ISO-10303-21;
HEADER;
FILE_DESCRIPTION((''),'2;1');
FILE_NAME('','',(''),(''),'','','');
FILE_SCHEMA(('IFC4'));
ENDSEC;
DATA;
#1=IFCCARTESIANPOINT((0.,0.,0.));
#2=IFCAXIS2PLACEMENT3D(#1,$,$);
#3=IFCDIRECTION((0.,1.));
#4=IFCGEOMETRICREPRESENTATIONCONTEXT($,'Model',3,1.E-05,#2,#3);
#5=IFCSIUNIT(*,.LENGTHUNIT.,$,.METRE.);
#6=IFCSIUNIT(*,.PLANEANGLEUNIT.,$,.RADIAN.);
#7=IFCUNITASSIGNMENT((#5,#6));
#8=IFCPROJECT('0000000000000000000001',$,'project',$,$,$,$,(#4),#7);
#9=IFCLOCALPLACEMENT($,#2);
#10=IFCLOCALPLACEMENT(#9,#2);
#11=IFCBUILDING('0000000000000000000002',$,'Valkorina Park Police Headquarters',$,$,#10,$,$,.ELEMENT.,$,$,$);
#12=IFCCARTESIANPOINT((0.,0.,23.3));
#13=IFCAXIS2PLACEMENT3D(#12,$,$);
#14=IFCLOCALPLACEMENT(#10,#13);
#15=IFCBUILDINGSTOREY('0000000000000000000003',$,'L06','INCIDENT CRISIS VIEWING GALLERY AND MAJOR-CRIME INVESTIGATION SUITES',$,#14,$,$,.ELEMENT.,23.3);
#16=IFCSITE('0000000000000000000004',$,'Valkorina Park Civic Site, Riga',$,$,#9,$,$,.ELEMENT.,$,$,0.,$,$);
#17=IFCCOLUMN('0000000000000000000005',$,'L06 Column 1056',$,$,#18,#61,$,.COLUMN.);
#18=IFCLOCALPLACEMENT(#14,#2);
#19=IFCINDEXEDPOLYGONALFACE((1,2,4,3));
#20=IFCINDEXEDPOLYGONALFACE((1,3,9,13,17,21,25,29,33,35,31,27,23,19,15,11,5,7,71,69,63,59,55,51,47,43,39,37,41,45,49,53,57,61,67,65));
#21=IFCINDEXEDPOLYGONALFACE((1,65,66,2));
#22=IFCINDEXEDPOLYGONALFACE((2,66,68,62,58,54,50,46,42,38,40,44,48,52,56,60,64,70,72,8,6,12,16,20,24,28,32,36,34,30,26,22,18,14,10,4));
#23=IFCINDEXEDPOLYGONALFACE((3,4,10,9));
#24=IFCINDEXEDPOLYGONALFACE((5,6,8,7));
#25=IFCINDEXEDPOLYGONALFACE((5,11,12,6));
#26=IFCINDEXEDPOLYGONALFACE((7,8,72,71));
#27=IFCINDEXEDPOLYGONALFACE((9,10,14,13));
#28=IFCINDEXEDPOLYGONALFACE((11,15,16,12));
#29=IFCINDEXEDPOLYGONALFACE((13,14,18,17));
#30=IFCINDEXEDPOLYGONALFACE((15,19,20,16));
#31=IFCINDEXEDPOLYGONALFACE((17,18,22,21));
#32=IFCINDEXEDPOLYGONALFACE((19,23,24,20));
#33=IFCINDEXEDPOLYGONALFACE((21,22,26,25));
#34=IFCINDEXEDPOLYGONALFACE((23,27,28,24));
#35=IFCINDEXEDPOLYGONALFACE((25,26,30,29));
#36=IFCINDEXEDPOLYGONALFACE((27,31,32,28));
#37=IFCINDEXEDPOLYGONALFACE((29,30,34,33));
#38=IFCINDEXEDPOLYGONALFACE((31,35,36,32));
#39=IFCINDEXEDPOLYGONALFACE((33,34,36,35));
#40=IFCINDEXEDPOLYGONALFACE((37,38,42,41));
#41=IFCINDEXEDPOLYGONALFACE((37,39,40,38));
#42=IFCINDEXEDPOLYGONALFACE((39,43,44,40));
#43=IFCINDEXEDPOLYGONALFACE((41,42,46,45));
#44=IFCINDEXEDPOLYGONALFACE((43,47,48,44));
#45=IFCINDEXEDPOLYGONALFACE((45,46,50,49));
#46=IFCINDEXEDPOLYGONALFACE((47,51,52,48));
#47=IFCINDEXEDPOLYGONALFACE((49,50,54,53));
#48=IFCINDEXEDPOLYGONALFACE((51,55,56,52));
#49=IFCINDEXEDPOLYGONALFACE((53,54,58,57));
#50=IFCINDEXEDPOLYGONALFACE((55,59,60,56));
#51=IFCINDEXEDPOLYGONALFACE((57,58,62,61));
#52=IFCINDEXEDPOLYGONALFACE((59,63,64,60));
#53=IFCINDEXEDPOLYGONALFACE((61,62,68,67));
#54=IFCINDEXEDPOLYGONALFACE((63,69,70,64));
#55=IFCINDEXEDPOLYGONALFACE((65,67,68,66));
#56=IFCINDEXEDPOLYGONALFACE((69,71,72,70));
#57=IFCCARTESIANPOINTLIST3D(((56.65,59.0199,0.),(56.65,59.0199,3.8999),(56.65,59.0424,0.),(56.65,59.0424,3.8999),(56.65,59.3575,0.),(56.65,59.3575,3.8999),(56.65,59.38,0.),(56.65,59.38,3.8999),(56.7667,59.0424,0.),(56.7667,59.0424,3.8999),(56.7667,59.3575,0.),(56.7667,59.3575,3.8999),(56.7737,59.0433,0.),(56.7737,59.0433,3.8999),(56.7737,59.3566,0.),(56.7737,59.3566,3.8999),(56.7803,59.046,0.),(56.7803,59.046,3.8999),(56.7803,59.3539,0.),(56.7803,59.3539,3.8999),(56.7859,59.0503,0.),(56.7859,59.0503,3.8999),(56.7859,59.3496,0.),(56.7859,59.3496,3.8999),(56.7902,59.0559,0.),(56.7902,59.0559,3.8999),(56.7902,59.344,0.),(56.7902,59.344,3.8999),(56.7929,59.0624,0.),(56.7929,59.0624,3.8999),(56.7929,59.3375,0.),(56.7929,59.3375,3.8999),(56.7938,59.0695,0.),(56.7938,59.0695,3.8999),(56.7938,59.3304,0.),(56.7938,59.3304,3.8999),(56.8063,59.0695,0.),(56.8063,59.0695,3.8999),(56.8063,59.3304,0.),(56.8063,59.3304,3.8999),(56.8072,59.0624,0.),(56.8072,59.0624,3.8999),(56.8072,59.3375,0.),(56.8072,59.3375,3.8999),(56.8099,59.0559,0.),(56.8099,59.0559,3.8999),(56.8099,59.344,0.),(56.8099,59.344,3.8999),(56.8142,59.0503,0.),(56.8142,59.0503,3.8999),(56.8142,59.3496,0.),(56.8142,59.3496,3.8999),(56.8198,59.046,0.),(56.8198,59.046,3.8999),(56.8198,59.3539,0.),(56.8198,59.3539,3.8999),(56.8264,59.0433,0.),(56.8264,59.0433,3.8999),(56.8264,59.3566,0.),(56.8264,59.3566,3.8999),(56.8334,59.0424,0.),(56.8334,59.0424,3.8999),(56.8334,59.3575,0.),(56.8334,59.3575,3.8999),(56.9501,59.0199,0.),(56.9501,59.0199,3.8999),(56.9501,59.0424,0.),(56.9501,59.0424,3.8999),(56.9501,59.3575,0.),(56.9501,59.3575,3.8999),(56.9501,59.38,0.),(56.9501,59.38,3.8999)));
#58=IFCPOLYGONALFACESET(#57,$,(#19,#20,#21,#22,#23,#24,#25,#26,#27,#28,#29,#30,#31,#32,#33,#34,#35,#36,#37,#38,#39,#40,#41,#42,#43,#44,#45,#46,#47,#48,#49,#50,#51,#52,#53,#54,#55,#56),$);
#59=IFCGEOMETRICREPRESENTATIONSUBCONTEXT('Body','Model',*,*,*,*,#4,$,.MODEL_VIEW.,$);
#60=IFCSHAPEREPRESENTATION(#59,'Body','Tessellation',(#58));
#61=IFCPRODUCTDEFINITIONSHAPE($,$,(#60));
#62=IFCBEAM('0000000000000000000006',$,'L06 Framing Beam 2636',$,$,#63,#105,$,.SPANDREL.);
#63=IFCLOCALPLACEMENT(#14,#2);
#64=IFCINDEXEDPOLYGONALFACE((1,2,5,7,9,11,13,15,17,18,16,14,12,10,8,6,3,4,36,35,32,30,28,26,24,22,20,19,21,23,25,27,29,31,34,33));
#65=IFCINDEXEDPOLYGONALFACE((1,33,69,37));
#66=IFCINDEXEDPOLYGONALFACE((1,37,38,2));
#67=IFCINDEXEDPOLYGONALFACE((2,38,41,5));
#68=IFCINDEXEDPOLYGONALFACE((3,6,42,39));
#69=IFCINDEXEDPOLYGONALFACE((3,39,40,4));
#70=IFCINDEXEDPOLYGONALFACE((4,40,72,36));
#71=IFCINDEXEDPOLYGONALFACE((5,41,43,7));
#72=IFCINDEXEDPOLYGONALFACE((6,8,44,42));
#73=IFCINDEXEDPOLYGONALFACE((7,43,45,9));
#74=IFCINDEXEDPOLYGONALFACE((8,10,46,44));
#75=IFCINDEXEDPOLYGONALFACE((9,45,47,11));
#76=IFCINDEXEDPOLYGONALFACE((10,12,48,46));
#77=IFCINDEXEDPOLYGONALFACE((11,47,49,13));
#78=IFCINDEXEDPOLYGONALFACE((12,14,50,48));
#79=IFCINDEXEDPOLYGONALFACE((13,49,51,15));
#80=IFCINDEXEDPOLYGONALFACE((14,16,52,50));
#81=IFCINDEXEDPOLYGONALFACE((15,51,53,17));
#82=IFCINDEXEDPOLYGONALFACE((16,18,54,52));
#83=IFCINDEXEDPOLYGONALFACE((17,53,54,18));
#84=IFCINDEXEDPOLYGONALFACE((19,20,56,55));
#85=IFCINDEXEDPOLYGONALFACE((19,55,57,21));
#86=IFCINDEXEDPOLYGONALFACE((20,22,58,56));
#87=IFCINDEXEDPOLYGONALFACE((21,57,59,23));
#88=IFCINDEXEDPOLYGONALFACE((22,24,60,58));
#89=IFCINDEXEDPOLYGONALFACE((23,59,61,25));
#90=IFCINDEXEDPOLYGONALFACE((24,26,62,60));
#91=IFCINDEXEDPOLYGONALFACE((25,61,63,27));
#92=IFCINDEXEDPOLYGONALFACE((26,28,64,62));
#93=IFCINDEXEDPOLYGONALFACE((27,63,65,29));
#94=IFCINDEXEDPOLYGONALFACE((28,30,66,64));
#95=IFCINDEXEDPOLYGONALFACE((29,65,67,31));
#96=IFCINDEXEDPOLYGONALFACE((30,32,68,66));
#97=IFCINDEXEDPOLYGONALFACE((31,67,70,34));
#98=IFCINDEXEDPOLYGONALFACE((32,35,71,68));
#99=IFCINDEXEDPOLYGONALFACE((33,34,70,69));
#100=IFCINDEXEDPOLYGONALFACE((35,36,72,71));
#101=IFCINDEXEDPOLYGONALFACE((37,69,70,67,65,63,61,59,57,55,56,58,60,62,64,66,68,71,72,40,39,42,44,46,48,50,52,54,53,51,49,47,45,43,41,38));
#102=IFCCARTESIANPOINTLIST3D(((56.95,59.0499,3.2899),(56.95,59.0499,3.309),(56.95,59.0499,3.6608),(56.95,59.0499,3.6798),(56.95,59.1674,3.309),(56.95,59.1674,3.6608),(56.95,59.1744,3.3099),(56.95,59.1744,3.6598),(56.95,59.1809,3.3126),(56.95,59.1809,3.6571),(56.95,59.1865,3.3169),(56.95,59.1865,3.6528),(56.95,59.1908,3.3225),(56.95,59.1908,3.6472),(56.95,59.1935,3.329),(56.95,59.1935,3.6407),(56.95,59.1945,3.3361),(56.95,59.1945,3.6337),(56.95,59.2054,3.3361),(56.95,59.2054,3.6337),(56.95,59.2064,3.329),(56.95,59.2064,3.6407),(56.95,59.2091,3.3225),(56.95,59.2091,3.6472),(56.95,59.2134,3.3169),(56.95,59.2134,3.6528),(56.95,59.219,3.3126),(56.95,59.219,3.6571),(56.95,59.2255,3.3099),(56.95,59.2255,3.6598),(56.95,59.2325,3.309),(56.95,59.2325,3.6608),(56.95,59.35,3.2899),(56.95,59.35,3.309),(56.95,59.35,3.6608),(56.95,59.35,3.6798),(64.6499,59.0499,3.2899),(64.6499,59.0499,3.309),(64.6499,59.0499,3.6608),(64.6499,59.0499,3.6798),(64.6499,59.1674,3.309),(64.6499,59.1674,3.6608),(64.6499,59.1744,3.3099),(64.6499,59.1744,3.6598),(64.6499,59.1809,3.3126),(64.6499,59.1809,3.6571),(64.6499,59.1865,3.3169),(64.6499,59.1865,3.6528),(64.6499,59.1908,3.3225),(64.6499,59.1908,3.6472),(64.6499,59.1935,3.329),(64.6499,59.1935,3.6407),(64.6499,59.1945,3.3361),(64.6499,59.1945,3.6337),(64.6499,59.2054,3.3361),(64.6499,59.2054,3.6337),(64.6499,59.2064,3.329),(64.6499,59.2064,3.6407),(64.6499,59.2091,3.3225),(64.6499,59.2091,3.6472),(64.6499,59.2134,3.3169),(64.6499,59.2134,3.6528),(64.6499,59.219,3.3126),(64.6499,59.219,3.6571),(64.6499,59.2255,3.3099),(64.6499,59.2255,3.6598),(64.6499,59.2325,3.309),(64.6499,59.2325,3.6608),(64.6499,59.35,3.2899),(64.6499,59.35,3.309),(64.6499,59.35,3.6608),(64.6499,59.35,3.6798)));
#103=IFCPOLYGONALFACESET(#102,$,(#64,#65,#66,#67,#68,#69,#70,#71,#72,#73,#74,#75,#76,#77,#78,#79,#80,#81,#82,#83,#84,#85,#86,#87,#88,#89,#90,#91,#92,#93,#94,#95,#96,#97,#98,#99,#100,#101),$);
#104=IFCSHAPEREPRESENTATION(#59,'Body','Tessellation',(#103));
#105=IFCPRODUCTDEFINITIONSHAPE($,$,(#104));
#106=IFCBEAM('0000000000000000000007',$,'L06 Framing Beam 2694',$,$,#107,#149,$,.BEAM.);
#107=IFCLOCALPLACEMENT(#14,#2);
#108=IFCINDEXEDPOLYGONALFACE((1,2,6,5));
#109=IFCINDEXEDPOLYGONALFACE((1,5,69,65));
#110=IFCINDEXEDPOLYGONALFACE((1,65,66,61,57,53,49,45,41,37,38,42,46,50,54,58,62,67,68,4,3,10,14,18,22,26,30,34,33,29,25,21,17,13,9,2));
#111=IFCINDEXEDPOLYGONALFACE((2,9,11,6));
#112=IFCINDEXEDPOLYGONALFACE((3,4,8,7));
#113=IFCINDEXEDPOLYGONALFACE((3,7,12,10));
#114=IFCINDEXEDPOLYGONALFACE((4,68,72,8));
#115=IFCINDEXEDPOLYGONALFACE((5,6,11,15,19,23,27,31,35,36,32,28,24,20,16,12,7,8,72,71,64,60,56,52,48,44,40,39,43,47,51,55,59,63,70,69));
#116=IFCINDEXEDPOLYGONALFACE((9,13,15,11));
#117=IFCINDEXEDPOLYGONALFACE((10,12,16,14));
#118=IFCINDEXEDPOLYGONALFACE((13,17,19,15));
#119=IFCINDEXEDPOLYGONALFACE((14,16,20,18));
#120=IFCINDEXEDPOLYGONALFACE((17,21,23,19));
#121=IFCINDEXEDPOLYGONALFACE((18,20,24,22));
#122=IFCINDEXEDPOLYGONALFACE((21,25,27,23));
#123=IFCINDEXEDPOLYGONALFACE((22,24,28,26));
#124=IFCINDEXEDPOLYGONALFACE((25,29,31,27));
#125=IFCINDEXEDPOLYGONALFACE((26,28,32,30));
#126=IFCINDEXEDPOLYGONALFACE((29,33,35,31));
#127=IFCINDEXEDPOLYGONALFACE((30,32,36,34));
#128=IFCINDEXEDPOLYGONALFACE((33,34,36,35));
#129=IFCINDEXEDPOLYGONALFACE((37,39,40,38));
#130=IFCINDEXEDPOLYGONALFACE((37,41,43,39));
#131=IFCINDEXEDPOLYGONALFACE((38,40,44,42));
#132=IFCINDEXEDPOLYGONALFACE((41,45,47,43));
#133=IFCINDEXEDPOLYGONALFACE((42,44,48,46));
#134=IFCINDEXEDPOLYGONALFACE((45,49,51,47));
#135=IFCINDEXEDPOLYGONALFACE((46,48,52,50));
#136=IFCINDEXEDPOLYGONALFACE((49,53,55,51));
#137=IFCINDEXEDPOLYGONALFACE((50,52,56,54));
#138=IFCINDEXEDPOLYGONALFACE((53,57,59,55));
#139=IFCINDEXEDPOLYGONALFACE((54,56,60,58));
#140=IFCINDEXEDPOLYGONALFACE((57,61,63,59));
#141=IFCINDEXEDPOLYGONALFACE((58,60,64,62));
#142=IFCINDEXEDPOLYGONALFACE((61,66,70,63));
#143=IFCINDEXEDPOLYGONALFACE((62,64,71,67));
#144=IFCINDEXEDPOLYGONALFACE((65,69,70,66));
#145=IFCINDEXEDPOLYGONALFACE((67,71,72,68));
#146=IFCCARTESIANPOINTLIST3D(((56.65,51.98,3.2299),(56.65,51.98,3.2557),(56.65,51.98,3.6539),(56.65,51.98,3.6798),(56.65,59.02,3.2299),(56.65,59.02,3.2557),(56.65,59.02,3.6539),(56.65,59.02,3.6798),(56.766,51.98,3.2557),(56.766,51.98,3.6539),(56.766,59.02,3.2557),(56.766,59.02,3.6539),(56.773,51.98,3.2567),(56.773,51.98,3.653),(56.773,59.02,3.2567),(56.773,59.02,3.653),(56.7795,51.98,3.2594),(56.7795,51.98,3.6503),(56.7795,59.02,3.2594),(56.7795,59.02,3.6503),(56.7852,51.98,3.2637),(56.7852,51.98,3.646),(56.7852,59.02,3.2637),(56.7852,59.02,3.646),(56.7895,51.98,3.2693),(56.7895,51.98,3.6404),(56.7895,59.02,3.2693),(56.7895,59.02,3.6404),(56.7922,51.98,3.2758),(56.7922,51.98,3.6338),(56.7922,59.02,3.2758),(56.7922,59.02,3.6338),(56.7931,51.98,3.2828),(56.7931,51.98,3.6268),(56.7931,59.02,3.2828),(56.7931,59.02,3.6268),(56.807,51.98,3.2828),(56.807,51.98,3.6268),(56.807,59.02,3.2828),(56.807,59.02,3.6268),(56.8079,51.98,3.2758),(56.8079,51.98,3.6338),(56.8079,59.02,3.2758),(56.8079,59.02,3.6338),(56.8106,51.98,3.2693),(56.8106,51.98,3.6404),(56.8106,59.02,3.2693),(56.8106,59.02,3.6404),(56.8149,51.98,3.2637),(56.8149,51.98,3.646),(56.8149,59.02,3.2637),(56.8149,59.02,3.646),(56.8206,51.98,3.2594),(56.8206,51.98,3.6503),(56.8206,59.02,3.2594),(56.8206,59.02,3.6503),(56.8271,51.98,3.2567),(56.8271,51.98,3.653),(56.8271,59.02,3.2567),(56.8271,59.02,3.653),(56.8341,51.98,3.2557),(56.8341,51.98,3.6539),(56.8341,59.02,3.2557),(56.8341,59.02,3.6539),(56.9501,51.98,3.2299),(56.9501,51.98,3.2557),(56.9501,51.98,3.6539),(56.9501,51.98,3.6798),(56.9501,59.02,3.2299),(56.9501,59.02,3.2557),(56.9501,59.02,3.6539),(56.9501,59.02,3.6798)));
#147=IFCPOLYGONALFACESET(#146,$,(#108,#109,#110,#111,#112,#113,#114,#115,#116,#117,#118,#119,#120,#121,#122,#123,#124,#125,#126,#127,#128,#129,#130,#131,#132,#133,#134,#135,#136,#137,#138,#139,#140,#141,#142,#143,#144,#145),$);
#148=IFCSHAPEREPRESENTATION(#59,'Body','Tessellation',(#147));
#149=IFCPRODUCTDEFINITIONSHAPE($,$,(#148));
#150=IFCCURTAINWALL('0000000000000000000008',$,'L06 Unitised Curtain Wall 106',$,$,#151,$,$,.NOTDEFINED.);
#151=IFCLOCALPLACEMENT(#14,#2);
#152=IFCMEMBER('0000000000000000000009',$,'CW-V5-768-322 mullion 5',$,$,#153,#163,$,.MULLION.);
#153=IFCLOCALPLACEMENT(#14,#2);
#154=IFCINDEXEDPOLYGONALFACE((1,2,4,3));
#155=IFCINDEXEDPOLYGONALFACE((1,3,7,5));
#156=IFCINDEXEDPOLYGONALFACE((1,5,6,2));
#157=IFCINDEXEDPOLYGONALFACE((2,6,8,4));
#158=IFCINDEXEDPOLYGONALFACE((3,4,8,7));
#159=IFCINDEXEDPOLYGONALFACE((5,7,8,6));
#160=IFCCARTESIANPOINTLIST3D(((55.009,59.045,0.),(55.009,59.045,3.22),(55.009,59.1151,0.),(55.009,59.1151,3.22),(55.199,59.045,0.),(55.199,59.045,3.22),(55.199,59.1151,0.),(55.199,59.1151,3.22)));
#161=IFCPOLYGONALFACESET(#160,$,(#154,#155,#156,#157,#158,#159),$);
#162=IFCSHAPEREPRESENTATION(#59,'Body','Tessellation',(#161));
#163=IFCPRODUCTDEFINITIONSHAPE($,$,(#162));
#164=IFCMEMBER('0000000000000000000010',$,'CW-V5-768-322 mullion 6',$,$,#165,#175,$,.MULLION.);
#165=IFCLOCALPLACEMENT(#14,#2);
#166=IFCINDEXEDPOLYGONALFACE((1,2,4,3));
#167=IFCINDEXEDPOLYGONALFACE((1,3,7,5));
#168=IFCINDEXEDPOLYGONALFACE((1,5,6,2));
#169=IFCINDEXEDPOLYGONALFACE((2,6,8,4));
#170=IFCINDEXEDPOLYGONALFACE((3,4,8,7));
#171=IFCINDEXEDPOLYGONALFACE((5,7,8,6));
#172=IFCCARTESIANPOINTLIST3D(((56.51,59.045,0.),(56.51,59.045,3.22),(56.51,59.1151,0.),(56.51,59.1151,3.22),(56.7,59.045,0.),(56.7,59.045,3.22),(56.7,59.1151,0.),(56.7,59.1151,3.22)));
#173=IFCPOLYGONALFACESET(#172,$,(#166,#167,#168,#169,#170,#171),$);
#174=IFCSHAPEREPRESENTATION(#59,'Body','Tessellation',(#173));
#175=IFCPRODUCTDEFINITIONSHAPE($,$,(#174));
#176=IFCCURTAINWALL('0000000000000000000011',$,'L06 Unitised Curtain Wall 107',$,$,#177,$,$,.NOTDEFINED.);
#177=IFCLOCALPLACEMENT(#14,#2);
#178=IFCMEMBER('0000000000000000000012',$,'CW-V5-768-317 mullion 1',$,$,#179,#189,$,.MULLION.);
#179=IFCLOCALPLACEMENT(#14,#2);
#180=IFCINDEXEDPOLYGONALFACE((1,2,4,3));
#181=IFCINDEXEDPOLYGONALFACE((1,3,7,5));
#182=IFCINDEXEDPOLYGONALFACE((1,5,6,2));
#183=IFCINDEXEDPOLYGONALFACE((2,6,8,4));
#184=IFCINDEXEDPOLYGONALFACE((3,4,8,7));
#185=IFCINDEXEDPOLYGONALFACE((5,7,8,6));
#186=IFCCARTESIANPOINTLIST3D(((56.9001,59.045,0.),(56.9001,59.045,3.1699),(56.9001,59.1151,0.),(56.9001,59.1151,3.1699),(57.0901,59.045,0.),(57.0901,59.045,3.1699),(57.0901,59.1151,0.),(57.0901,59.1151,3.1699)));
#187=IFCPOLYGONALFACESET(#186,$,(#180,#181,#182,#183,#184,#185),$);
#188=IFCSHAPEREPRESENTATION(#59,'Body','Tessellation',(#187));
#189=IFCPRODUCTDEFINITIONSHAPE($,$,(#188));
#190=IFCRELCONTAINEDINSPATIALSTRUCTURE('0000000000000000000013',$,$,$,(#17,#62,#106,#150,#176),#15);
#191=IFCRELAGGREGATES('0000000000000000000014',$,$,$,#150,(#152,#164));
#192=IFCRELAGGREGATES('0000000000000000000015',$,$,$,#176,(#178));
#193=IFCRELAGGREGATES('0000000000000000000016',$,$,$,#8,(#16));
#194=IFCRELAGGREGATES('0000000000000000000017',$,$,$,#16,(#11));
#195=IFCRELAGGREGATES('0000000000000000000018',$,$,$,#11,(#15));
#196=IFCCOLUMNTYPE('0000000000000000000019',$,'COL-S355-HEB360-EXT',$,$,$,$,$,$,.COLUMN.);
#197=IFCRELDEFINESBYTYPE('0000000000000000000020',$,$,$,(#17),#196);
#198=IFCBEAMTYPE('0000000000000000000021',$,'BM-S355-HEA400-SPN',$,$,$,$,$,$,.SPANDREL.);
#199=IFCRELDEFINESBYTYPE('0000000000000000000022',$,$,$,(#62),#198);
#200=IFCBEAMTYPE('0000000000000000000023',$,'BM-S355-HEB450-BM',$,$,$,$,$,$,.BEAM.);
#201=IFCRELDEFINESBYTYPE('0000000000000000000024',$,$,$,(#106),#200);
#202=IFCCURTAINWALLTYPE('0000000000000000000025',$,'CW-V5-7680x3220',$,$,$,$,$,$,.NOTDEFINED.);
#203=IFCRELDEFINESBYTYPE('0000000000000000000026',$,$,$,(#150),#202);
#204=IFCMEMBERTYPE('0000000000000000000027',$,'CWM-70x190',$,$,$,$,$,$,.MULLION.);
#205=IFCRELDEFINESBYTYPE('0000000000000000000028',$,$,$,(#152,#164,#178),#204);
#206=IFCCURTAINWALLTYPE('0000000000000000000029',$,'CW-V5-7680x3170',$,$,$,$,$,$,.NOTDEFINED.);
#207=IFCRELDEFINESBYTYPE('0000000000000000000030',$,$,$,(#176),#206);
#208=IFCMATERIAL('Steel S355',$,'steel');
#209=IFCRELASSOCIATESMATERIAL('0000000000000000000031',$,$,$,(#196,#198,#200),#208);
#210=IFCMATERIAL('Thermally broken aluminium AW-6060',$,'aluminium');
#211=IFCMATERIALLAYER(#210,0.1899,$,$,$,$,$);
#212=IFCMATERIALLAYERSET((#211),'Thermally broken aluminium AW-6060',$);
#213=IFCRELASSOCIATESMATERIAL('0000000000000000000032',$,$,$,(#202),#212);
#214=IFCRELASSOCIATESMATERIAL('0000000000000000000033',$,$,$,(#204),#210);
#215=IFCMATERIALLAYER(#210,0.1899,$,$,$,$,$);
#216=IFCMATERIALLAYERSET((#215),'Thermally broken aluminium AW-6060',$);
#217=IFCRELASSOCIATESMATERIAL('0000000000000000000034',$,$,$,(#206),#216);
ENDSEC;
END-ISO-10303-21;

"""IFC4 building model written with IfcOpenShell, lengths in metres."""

from ifc_helpers import new_model, si_unit, direction, frame, origin, origin_2d, place, context, subcontext, project, spatial, rectangle, i_section, extrude, material, layer, layer_set, material_profile, profile_set, type_object, element, aggregate, save


model = new_model("IFC4")

# Units and contexts
model_context = context("Model", 3, precision=1e-05, world=origin(), true_north=direction((0.0, 1.0)))
body_context = subcontext(model_context, "Body", "Model", "MODEL_VIEW")
ifc_project = project(units=[si_unit("LENGTHUNIT", "METRE"), si_unit("PLANEANGLEUNIT", "RADIAN")], contexts=[model_context])

# Site, building, storey
site_placement = place(None, origin())
site = spatial("IfcSite", under=ifc_project, at=site_placement, Name="Valkorina Park Civic Site, Riga", CompositionType="ELEMENT", RefElevation=0.0)
building_placement = place(site_placement, origin())
building = spatial("IfcBuilding", under=site, at=building_placement, Name="Valkorina Park Police Headquarters", CompositionType="ELEMENT")
storey_placement = place(building_placement, frame((0.0, 0.0, 23.3)))
storey = spatial("IfcBuildingStorey", under=building, at=storey_placement, Name="L06", Description="INCIDENT CRISIS VIEWING GALLERY AND MAJOR-CRIME INVESTIGATION SUITES", CompositionType="ELEMENT", Elevation=23.3)

# Column
ifc_material_1 = material(Name="Steel S355", Category="steel")
ifc_material_profile_1 = material_profile(ifc_material_1, i_section(OverallWidth=0.3, OverallDepth=0.3601, WebThickness=0.0125, FlangeThickness=0.0225, FilletRadius=0.0271, at=origin_2d()), Name="HEB 360")
ifc_profile_set_1 = profile_set([ifc_material_profile_1], Name="Steel S355")
column_type = type_object("IfcColumnType", Name="COL-S355-HEB360-EXT", PredefinedType="COLUMN", material=ifc_profile_set_1)
column_placement = place(storey_placement, frame((56.8, 59.2, 0.0), z_axis=(0.0, 0.0, 1.0), x_axis=(1.0, 0.0, 0.0)))
element("IfcColumn", 1, at=column_placement, inside=storey, type_object=column_type, Name="L06 Column 1056", PredefinedType="COLUMN", context=body_context, shape_type="SweptSolid", body=[
    extrude(i_section(OverallWidth=0.3, OverallDepth=0.3601, WebThickness=0.0125, FlangeThickness=0.0225, FilletRadius=0.0271, at=origin_2d()), origin(), (0.0, 0.0, 1.0), 3.8999),
])

# Beams
ifc_material_profile_2 = material_profile(ifc_material_1, i_section(OverallWidth=0.3, OverallDepth=0.3899, WebThickness=0.011, FlangeThickness=0.019, FilletRadius=0.0271, at=origin_2d()), Name="HEA 400")
ifc_profile_set_2 = profile_set([ifc_material_profile_2], Name="Steel S355")
beam_type_1 = type_object("IfcBeamType", Name="BM-S355-HEA400-SPN", PredefinedType="SPANDREL", material=ifc_profile_set_2)
beam_1_placement = place(storey_placement, frame((56.95, 59.2, 3.4849), z_axis=(1.0, 0.0, 0.0), x_axis=(0.0, 1.0, 0.0)))
element("IfcBeam", 2, at=beam_1_placement, inside=storey, type_object=beam_type_1, Name="L06 Framing Beam 2636", PredefinedType="SPANDREL", context=body_context, shape_type="SweptSolid", body=[
    extrude(i_section(OverallWidth=0.3, OverallDepth=0.3899, WebThickness=0.011, FlangeThickness=0.019, FilletRadius=0.0271, at=origin_2d()), origin(), (0.0, 0.0, 1.0), 7.7),
])
ifc_material_profile_3 = material_profile(ifc_material_1, i_section(OverallWidth=0.3, OverallDepth=0.45, WebThickness=0.0139, FlangeThickness=0.0259, FilletRadius=0.0271, at=origin_2d()), Name="HEB 450")
ifc_profile_set_3 = profile_set([ifc_material_profile_3], Name="Steel S355")
beam_type_2 = type_object("IfcBeamType", Name="BM-S355-HEB450-BM", PredefinedType="BEAM", material=ifc_profile_set_3)
beam_2_placement = place(storey_placement, frame((56.8, 51.98, 3.4548), z_axis=(0.0, 1.0, 0.0), x_axis=(-1.0, 0.0, 0.0)))
element("IfcBeam", 3, at=beam_2_placement, inside=storey, type_object=beam_type_2, Name="L06 Framing Beam 2694", PredefinedType="BEAM", context=body_context, shape_type="SweptSolid", body=[
    extrude(i_section(OverallWidth=0.3, OverallDepth=0.45, WebThickness=0.0139, FlangeThickness=0.0259, FilletRadius=0.0271, at=origin_2d()), origin(), (0.0, 0.0, 1.0), 7.04),
])

# Curtain walls, members
ifc_material_2 = material(Name="Thermally broken aluminium AW-6060", Category="aluminium")
ifc_layer_1 = layer(ifc_material_2, 0.1899)
ifc_layer_set_1 = layer_set([ifc_layer_1], Name="Thermally broken aluminium AW-6060")
curtain_wall_type_1 = type_object("IfcCurtainWallType", Name="CW-V5-7680x3220", PredefinedType="NOTDEFINED", material=ifc_layer_set_1)
curtain_wall_1_placement = place(storey_placement, origin())
curtain_wall_1 = element("IfcCurtainWall", 4, at=curtain_wall_1_placement, inside=storey, type_object=curtain_wall_type_1, Name="L06 Unitised Curtain Wall 106", PredefinedType="NOTDEFINED")
ifc_material_profile_4 = material_profile(ifc_material_2, rectangle(XDim=0.0701, YDim=0.1899, at=origin_2d()), Name="CWM-02 70x190")
ifc_profile_set_4 = profile_set([ifc_material_profile_4], Name="Thermally broken aluminium AW-6060")
member_type_1 = type_object("IfcMemberType", Name="CWM-70x190", PredefinedType="MULLION", material=ifc_profile_set_4)
member_1_placement = place(storey_placement, frame((55.104, 59.0801, 0.0), z_axis=(0.0, 0.0, 1.0), x_axis=(0.0, 1.0, 0.0)))
member_1 = element("IfcMember", 5, at=member_1_placement, type_object=member_type_1, Name="CW-V5-768-322 mullion 5", PredefinedType="MULLION", context=body_context, shape_type="SweptSolid", body=[
    extrude(rectangle(XDim=0.0701, YDim=0.1899, at=origin_2d()), origin(), (0.0, 0.0, 1.0), 3.22),
])
member_2_placement = place(storey_placement, frame((56.605, 59.0801, 0.0), z_axis=(0.0, 0.0, 1.0), x_axis=(0.0, 1.0, 0.0)))
member_2 = element("IfcMember", 6, at=member_2_placement, type_object=member_type_1, Name="CW-V5-768-322 mullion 6", PredefinedType="MULLION", context=body_context, shape_type="SweptSolid", body=[
    extrude(rectangle(XDim=0.0701, YDim=0.1899, at=origin_2d()), origin(), (0.0, 0.0, 1.0), 3.22),
])
ifc_layer_2 = layer(ifc_material_2, 0.1899)
ifc_layer_set_2 = layer_set([ifc_layer_2], Name="Thermally broken aluminium AW-6060")
curtain_wall_type_2 = type_object("IfcCurtainWallType", Name="CW-V5-7680x3170", PredefinedType="NOTDEFINED", material=ifc_layer_set_2)
curtain_wall_2_placement = place(storey_placement, origin())
curtain_wall_2 = element("IfcCurtainWall", 7, at=curtain_wall_2_placement, inside=storey, type_object=curtain_wall_type_2, Name="L06 Unitised Curtain Wall 107", PredefinedType="NOTDEFINED")
member_3_placement = place(storey_placement, frame((56.9951, 59.0801, 0.0), z_axis=(0.0, 0.0, 1.0), x_axis=(0.0, 1.0, 0.0)))
member_3 = element("IfcMember", 8, at=member_3_placement, type_object=member_type_1, Name="CW-V5-768-317 mullion 1", PredefinedType="MULLION", context=body_context, shape_type="SweptSolid", body=[
    extrude(rectangle(XDim=0.0701, YDim=0.1899, at=origin_2d()), origin(), (0.0, 0.0, 1.0), 3.1699),
])

aggregate(curtain_wall_1, [member_1, member_2])
aggregate(curtain_wall_2, [member_3])

save(model, "model.ifc")
